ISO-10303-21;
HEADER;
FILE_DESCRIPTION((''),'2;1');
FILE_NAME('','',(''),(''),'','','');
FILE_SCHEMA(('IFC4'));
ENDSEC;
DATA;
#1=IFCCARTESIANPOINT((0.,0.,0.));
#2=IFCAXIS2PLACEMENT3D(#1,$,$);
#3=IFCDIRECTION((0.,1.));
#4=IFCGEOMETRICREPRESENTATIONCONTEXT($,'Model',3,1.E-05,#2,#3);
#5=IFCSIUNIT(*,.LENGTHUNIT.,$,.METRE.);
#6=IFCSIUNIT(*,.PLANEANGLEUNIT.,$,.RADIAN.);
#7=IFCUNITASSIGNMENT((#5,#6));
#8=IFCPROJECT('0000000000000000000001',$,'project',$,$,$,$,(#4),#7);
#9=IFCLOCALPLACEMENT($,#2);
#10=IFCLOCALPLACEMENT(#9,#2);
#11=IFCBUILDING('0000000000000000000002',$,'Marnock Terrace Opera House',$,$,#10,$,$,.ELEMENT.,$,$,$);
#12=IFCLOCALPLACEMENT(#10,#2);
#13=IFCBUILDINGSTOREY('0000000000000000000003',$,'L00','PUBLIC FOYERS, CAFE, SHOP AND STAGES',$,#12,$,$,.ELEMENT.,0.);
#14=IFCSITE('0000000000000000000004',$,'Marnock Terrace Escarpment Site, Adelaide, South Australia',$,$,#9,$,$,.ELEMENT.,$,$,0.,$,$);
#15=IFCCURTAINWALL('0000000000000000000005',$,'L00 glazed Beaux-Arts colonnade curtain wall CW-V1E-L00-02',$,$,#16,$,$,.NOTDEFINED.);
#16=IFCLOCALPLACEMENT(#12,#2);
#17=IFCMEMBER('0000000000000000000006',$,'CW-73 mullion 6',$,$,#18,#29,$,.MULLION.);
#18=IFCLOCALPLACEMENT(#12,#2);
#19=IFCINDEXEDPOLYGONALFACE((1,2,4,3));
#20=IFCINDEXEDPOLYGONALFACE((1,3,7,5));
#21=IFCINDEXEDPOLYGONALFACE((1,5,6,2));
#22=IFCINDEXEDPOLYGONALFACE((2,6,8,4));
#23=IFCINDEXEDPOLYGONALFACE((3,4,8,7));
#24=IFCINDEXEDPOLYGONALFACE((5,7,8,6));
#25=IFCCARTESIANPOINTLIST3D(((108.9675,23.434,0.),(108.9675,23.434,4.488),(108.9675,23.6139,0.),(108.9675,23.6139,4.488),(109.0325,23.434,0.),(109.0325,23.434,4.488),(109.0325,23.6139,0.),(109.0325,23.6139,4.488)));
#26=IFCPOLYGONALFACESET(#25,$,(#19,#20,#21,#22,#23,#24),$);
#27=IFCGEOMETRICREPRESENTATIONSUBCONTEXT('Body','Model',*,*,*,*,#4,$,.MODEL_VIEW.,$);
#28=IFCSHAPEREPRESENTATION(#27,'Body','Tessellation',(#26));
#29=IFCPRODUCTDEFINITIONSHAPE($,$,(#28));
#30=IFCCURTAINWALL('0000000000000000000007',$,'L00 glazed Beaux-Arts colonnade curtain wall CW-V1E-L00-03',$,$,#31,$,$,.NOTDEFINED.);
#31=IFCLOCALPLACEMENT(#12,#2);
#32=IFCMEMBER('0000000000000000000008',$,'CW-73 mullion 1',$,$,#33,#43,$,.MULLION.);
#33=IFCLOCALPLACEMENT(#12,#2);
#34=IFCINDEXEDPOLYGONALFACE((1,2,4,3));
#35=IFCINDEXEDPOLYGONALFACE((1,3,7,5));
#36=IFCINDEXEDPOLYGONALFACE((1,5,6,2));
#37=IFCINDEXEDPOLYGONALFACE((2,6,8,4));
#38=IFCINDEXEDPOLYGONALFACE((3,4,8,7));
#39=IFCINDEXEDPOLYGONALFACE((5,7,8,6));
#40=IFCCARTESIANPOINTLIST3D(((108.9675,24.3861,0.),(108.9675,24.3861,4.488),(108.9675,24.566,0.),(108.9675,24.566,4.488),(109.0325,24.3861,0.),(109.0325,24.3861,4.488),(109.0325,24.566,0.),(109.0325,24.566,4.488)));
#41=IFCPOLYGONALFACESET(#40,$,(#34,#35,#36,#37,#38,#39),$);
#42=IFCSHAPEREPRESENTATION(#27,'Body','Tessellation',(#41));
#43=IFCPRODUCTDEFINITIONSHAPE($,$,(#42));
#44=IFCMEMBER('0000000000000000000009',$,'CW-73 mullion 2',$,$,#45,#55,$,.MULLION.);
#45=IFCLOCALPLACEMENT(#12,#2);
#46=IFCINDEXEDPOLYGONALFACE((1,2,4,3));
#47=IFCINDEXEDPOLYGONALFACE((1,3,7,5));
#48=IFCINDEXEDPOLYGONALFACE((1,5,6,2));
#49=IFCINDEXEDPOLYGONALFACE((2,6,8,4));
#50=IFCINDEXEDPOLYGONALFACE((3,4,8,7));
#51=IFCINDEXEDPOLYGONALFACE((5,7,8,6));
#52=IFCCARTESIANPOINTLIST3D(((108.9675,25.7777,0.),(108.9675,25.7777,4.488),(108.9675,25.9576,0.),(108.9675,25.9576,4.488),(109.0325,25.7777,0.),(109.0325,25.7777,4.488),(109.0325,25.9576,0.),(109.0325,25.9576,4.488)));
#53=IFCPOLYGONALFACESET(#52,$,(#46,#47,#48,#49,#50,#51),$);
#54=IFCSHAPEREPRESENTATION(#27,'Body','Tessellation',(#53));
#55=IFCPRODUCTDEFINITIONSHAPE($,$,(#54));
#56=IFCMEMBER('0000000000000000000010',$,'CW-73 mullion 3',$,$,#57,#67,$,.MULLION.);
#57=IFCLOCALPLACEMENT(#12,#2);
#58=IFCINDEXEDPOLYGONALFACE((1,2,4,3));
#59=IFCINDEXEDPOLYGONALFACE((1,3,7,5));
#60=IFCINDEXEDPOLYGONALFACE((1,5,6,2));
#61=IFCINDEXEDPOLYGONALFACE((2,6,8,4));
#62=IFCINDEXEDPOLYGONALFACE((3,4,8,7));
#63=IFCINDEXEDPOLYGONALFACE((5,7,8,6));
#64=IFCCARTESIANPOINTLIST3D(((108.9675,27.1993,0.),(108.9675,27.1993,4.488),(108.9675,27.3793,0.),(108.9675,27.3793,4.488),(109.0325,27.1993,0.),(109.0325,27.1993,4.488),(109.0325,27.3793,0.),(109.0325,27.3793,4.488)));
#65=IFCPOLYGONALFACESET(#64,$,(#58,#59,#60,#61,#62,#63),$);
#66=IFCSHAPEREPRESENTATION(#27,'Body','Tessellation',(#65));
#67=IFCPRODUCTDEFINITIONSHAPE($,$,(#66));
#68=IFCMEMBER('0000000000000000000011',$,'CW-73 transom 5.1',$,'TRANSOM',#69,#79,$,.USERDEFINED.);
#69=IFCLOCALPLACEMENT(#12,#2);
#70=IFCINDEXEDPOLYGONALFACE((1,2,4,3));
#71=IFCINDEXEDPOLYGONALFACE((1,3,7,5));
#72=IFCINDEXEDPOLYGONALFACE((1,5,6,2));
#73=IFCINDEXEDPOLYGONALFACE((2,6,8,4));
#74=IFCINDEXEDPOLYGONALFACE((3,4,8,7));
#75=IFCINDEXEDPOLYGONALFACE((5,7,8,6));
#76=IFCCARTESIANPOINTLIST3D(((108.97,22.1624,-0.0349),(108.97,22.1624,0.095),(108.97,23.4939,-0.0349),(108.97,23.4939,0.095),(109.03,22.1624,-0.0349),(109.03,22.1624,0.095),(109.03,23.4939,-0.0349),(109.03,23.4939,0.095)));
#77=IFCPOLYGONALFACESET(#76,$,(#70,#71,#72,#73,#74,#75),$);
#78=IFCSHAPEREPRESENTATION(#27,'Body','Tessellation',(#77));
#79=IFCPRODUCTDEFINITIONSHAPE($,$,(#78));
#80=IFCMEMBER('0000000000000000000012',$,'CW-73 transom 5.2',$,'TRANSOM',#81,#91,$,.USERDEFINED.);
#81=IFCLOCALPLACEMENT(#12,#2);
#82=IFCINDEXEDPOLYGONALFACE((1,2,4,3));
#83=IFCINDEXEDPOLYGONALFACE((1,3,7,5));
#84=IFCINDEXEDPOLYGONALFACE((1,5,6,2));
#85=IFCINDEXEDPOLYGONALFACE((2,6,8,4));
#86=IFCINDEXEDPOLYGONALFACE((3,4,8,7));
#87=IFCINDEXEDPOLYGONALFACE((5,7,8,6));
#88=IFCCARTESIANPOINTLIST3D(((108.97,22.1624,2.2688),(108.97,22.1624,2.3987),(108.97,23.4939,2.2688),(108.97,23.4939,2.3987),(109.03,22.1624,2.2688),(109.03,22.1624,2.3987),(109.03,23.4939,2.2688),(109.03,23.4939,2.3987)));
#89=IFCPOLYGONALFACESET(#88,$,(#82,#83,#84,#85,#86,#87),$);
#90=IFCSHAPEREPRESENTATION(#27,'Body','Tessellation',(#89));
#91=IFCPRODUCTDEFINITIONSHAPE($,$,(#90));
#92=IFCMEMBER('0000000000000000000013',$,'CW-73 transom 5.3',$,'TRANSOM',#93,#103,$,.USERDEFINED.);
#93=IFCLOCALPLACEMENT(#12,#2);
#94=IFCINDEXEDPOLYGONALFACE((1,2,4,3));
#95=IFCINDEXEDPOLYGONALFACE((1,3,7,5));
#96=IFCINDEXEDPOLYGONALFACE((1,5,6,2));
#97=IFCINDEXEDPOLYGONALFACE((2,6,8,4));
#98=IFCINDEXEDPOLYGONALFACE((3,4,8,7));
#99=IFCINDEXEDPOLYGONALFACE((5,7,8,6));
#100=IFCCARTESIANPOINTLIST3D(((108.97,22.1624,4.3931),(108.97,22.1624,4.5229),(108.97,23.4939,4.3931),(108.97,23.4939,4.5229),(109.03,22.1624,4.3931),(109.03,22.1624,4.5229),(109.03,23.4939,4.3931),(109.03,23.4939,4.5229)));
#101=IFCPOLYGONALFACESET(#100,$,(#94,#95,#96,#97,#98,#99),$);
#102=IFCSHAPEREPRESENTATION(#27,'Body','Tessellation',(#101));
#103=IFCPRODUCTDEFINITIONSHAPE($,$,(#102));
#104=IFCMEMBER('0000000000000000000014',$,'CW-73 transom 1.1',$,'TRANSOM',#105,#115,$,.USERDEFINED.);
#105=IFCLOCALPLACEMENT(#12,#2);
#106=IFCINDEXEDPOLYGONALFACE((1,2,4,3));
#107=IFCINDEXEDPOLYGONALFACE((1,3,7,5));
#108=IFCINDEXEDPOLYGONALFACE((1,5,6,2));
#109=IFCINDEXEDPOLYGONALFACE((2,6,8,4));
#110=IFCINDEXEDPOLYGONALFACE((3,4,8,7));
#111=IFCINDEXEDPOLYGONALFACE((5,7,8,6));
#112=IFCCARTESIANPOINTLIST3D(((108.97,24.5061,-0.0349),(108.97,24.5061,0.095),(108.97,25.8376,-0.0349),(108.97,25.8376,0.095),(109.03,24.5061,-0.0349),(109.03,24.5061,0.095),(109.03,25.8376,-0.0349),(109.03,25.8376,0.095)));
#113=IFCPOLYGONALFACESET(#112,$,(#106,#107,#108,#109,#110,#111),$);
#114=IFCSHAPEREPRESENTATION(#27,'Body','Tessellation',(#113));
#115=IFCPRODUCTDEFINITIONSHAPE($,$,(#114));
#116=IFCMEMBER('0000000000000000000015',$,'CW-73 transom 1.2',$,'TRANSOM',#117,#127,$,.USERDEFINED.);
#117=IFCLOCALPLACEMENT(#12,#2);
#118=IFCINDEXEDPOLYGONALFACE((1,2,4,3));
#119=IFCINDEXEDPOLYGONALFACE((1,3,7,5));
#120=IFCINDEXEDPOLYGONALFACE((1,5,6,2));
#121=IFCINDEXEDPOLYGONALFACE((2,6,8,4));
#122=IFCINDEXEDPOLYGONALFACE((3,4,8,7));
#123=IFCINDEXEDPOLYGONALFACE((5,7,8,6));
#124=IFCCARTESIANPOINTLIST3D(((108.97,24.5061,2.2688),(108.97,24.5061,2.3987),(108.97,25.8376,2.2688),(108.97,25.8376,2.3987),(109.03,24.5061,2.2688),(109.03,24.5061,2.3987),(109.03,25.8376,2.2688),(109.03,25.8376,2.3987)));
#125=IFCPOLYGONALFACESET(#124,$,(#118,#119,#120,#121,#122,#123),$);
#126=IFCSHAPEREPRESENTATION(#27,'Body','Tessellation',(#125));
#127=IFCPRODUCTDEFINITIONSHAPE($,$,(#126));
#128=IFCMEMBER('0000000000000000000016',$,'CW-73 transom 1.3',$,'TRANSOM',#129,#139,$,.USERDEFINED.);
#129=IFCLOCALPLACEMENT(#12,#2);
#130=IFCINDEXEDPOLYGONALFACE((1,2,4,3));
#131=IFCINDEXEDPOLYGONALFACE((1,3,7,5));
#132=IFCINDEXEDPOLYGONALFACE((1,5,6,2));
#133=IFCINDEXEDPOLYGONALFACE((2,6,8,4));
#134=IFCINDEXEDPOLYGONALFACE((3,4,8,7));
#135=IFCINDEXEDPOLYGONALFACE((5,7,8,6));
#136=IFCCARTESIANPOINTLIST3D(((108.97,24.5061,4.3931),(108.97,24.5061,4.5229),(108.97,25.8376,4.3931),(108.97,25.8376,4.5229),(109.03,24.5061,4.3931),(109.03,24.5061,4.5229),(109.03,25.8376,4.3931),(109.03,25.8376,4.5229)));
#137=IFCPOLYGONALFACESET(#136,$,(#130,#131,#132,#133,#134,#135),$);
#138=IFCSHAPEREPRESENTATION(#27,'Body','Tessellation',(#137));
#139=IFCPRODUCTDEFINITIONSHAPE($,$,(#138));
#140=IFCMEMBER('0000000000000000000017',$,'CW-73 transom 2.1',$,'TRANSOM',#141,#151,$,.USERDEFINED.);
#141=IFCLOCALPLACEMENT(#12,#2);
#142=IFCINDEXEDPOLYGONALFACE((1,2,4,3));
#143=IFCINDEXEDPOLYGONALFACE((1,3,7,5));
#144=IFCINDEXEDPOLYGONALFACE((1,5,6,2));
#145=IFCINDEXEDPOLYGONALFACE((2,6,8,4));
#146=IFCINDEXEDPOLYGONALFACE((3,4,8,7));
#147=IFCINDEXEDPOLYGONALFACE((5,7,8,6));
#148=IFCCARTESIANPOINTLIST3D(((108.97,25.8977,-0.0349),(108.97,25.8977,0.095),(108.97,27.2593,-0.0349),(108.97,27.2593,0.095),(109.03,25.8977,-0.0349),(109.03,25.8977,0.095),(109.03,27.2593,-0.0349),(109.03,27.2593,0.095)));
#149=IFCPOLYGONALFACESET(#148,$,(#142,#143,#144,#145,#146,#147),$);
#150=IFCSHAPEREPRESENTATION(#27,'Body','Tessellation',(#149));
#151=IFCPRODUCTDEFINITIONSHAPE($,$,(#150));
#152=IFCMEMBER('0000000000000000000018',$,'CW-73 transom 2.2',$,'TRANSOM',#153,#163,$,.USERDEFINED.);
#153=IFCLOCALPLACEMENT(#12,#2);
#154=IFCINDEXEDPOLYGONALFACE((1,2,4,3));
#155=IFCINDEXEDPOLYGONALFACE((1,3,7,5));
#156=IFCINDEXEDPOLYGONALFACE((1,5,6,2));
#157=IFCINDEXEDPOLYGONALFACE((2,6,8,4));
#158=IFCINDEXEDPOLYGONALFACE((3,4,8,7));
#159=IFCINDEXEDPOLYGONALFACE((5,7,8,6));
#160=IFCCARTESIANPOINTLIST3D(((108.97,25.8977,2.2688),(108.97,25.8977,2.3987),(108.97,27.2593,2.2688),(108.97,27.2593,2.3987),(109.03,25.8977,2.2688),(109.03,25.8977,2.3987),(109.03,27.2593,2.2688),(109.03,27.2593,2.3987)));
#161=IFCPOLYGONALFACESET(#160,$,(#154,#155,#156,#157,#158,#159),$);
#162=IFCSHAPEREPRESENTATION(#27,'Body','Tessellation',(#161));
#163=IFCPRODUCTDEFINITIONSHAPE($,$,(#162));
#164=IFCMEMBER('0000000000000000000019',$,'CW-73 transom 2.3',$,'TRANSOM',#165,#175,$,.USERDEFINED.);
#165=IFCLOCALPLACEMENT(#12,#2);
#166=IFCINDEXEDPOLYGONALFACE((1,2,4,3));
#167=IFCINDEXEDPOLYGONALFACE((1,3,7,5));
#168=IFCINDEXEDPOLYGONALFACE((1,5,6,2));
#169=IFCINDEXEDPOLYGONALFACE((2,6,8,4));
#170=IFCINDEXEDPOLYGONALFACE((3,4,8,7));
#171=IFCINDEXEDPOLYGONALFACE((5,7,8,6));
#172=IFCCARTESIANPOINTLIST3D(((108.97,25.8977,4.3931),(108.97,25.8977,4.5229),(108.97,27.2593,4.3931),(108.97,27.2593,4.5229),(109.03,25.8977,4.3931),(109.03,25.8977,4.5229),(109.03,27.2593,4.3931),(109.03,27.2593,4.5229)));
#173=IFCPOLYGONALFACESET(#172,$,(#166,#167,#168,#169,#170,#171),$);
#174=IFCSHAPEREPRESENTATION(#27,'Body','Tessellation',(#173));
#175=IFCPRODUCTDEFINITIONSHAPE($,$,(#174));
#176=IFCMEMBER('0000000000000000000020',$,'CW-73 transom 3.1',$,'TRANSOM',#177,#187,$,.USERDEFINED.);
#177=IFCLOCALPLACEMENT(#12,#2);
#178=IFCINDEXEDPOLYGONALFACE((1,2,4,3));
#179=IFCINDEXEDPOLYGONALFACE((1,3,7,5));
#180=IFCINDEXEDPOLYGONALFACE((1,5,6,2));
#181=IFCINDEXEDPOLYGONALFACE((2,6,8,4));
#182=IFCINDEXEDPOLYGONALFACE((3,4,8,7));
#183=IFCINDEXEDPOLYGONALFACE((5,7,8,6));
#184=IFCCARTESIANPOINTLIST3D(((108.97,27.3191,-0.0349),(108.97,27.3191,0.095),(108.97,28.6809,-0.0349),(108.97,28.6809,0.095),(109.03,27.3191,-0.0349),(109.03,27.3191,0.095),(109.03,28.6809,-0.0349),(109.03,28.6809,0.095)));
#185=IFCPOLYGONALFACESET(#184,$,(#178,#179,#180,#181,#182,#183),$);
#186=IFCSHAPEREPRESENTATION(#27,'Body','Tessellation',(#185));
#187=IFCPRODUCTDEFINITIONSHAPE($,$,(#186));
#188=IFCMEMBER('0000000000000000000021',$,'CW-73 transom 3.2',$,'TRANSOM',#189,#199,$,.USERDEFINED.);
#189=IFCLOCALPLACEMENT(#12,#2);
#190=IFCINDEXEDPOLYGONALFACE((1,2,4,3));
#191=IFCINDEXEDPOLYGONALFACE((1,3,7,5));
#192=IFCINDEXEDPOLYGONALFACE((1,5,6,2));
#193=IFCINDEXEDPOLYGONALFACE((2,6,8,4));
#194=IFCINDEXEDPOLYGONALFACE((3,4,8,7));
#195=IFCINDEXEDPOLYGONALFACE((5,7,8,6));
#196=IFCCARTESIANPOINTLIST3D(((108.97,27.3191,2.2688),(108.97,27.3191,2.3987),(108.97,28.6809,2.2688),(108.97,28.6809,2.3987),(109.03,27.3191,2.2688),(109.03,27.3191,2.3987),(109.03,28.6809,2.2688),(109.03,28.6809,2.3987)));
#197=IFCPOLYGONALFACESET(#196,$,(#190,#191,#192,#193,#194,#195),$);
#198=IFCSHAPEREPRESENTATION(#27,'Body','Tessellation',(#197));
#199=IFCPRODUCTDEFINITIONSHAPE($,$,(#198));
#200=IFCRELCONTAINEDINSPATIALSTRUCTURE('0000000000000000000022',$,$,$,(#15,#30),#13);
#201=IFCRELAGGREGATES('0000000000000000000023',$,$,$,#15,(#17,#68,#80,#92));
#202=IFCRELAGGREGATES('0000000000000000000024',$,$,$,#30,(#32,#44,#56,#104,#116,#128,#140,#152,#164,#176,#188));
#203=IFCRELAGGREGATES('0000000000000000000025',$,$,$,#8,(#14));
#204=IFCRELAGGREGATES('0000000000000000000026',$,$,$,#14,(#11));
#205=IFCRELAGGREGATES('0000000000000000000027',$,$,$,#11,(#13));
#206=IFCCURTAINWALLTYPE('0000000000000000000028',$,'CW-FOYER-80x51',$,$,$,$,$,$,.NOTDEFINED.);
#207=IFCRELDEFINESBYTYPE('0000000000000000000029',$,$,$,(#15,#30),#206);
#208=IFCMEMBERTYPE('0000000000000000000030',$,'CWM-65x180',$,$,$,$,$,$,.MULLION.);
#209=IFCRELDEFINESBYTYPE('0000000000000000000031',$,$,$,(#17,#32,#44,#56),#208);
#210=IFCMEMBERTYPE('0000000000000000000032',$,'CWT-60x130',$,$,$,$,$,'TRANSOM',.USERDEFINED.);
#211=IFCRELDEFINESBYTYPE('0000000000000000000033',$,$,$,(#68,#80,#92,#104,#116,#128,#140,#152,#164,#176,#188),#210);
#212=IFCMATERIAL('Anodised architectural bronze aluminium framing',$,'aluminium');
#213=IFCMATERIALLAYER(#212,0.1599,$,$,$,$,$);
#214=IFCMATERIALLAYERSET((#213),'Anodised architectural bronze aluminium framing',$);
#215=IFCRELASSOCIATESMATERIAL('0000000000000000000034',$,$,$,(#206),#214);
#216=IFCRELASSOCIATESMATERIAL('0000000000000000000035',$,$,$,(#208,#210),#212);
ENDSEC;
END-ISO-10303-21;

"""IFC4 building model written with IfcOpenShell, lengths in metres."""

from ifc_helpers import new_model, si_unit, direction, frame, origin, origin_2d, place, context, subcontext, project, spatial, rectangle, extrude, material, layer, layer_set, material_profile, profile_set, type_object, element, aggregate, save


model = new_model("IFC4")

# Units and contexts
model_context = context("Model", 3, precision=1e-05, world=origin(), true_north=direction((0.0, 1.0)))
body_context = subcontext(model_context, "Body", "Model", "MODEL_VIEW")
ifc_project = project(units=[si_unit("LENGTHUNIT", "METRE"), si_unit("PLANEANGLEUNIT", "RADIAN")], contexts=[model_context])

# Site, building, storey
site_placement = place(None, origin())
site = spatial("IfcSite", under=ifc_project, at=site_placement, Name="Marnock Terrace Escarpment Site, Adelaide, South Australia", CompositionType="ELEMENT", RefElevation=0.0)
building_placement = place(site_placement, origin())
building = spatial("IfcBuilding", under=site, at=building_placement, Name="Marnock Terrace Opera House", CompositionType="ELEMENT")
storey_placement = place(building_placement, origin())
storey = spatial("IfcBuildingStorey", under=building, at=storey_placement, Name="L00", Description="PUBLIC FOYERS, CAFE, SHOP AND STAGES", CompositionType="ELEMENT", Elevation=0.0)

# Curtain wall, member
ifc_material_1 = material(Name="Anodised architectural bronze aluminium framing", Category="aluminium")
ifc_layer_1 = layer(ifc_material_1, 0.1599)
ifc_layer_set_1 = layer_set([ifc_layer_1], Name="Anodised architectural bronze aluminium framing")
curtain_wall_type = type_object("IfcCurtainWallType", Name="CW-FOYER-80x51", PredefinedType="NOTDEFINED", material=ifc_layer_set_1)
curtain_wall_1_placement = place(storey_placement, origin())
curtain_wall_1 = element("IfcCurtainWall", 1, at=curtain_wall_1_placement, inside=storey, type_object=curtain_wall_type, Name="L00 glazed Beaux-Arts colonnade curtain wall CW-V1E-L00-02", PredefinedType="NOTDEFINED")
ifc_material_profile_1 = material_profile(ifc_material_1, rectangle(XDim=0.0649, YDim=0.1799, at=origin_2d()))
ifc_profile_set_1 = profile_set([ifc_material_profile_1], Name="Anodised architectural bronze aluminium framing")
member_type_1 = type_object("IfcMemberType", Name="CWM-65x180", PredefinedType="MULLION", material=ifc_profile_set_1)
member_1_placement = place(storey_placement, frame((109.0, 23.5239, 0.0), z_axis=(0.0, 0.0, 1.0), x_axis=(-1.0, 0.0, 0.0)))
member_1 = element("IfcMember", 2, at=member_1_placement, type_object=member_type_1, Name="CW-73 mullion 6", PredefinedType="MULLION", context=body_context, shape_type="SweptSolid", body=[
    extrude(rectangle(XDim=0.0649, YDim=0.1799, at=origin_2d()), origin(), (0.0, 0.0, 1.0), 4.488),
])

# Curtain wall, members
curtain_wall_2_placement = place(storey_placement, origin())
curtain_wall_2 = element("IfcCurtainWall", 3, at=curtain_wall_2_placement, inside=storey, type_object=curtain_wall_type, Name="L00 glazed Beaux-Arts colonnade curtain wall CW-V1E-L00-03", PredefinedType="NOTDEFINED")
member_2_placement = place(storey_placement, frame((109.0, 24.4761, 0.0), z_axis=(0.0, 0.0, 1.0), x_axis=(-1.0, 0.0, 0.0)))
member_2 = element("IfcMember", 4, at=member_2_placement, type_object=member_type_1, Name="CW-73 mullion 1", PredefinedType="MULLION", context=body_context, shape_type="SweptSolid", body=[
    extrude(rectangle(XDim=0.0649, YDim=0.1799, at=origin_2d()), origin(), (0.0, 0.0, 1.0), 4.488),
])
member_3_placement = place(storey_placement, frame((109.0, 25.8677, 0.0), z_axis=(0.0, 0.0, 1.0), x_axis=(-1.0, 0.0, 0.0)))
member_3 = element("IfcMember", 5, at=member_3_placement, type_object=member_type_1, Name="CW-73 mullion 2", PredefinedType="MULLION", context=body_context, shape_type="SweptSolid", body=[
    extrude(rectangle(XDim=0.0649, YDim=0.1799, at=origin_2d()), origin(), (0.0, 0.0, 1.0), 4.488),
])
member_4_placement = place(storey_placement, frame((109.0, 27.2893, 0.0), z_axis=(0.0, 0.0, 1.0), x_axis=(-1.0, 0.0, 0.0)))
member_4 = element("IfcMember", 6, at=member_4_placement, type_object=member_type_1, Name="CW-73 mullion 3", PredefinedType="MULLION", context=body_context, shape_type="SweptSolid", body=[
    extrude(rectangle(XDim=0.0649, YDim=0.1799, at=origin_2d()), origin(), (0.0, 0.0, 1.0), 4.488),
])

# Members
ifc_material_profile_2 = material_profile(ifc_material_1, rectangle(XDim=0.0601, YDim=0.1299, at=origin_2d()))
ifc_profile_set_2 = profile_set([ifc_material_profile_2], Name="Anodised architectural bronze aluminium framing")
member_type_2 = type_object("IfcMemberType", Name="CWT-60x130", ElementType="TRANSOM", PredefinedType="USERDEFINED", material=ifc_profile_set_2)
member_5_placement = place(storey_placement, frame((109.0, 22.1624, 0.03), z_axis=(0.0, 1.0, 0.0), x_axis=(-1.0, 0.0, 0.0)))
member_5 = element("IfcMember", 7, at=member_5_placement, type_object=member_type_2, Name="CW-73 transom 5.1", ObjectType="TRANSOM", PredefinedType="USERDEFINED", context=body_context, shape_type="SweptSolid", body=[
    extrude(rectangle(XDim=0.0601, YDim=0.1299, at=origin_2d()), origin(), (0.0, 0.0, 1.0), 1.3315),
])
member_6_placement = place(storey_placement, frame((109.0, 22.1624, 2.3337), z_axis=(0.0, 1.0, 0.0), x_axis=(-1.0, 0.0, 0.0)))
member_6 = element("IfcMember", 8, at=member_6_placement, type_object=member_type_2, Name="CW-73 transom 5.2", ObjectType="TRANSOM", PredefinedType="USERDEFINED", context=body_context, shape_type="SweptSolid", body=[
    extrude(rectangle(XDim=0.0601, YDim=0.1299, at=origin_2d()), origin(), (0.0, 0.0, 1.0), 1.3315),
])
member_7_placement = place(storey_placement, frame((109.0, 22.1624, 4.458), z_axis=(0.0, 1.0, 0.0), x_axis=(-1.0, 0.0, 0.0)))
member_7 = element("IfcMember", 9, at=member_7_placement, type_object=member_type_2, Name="CW-73 transom 5.3", ObjectType="TRANSOM", PredefinedType="USERDEFINED", context=body_context, shape_type="SweptSolid", body=[
    extrude(rectangle(XDim=0.0601, YDim=0.1299, at=origin_2d()), origin(), (0.0, 0.0, 1.0), 1.3315),
])
member_8_placement = place(storey_placement, frame((109.0, 24.5061, 0.03), z_axis=(0.0, 1.0, 0.0), x_axis=(-1.0, 0.0, 0.0)))
member_8 = element("IfcMember", 10, at=member_8_placement, type_object=member_type_2, Name="CW-73 transom 1.1", ObjectType="TRANSOM", PredefinedType="USERDEFINED", context=body_context, shape_type="SweptSolid", body=[
    extrude(rectangle(XDim=0.0601, YDim=0.1299, at=origin_2d()), origin(), (0.0, 0.0, 1.0), 1.3315),
])
member_9_placement = place(storey_placement, frame((109.0, 24.5061, 2.3337), z_axis=(0.0, 1.0, 0.0), x_axis=(-1.0, 0.0, 0.0)))
member_9 = element("IfcMember", 11, at=member_9_placement, type_object=member_type_2, Name="CW-73 transom 1.2", ObjectType="TRANSOM", PredefinedType="USERDEFINED", context=body_context, shape_type="SweptSolid", body=[
    extrude(rectangle(XDim=0.0601, YDim=0.1299, at=origin_2d()), origin(), (0.0, 0.0, 1.0), 1.3315),
])
member_10_placement = place(storey_placement, frame((109.0, 24.5061, 4.458), z_axis=(0.0, 1.0, 0.0), x_axis=(-1.0, 0.0, 0.0)))
member_10 = element("IfcMember", 12, at=member_10_placement, type_object=member_type_2, Name="CW-73 transom 1.3", ObjectType="TRANSOM", PredefinedType="USERDEFINED", context=body_context, shape_type="SweptSolid", body=[
    extrude(rectangle(XDim=0.0601, YDim=0.1299, at=origin_2d()), origin(), (0.0, 0.0, 1.0), 1.3315),
])
member_11_placement = place(storey_placement, frame((109.0, 25.8977, 0.03), z_axis=(0.0, 1.0, 0.0), x_axis=(-1.0, 0.0, 0.0)))
member_11 = element("IfcMember", 13, at=member_11_placement, type_object=member_type_2, Name="CW-73 transom 2.1", ObjectType="TRANSOM", PredefinedType="USERDEFINED", context=body_context, shape_type="SweptSolid", body=[
    extrude(rectangle(XDim=0.0601, YDim=0.1299, at=origin_2d()), origin(), (0.0, 0.0, 1.0), 1.3616),
])
member_12_placement = place(storey_placement, frame((109.0, 25.8977, 2.3337), z_axis=(0.0, 1.0, 0.0), x_axis=(-1.0, 0.0, 0.0)))
member_12 = element("IfcMember", 14, at=member_12_placement, type_object=member_type_2, Name="CW-73 transom 2.2", ObjectType="TRANSOM", PredefinedType="USERDEFINED", context=body_context, shape_type="SweptSolid", body=[
    extrude(rectangle(XDim=0.0601, YDim=0.1299, at=origin_2d()), origin(), (0.0, 0.0, 1.0), 1.3616),
])
member_13_placement = place(storey_placement, frame((109.0, 25.8977, 4.458), z_axis=(0.0, 1.0, 0.0), x_axis=(-1.0, 0.0, 0.0)))
member_13 = element("IfcMember", 15, at=member_13_placement, type_object=member_type_2, Name="CW-73 transom 2.3", ObjectType="TRANSOM", PredefinedType="USERDEFINED", context=body_context, shape_type="SweptSolid", body=[
    extrude(rectangle(XDim=0.0601, YDim=0.1299, at=origin_2d()), origin(), (0.0, 0.0, 1.0), 1.3616),
])
member_14_placement = place(storey_placement, frame((109.0, 27.3191, 0.03), z_axis=(0.0, 1.0, 0.0), x_axis=(-1.0, 0.0, 0.0)))
member_14 = element("IfcMember", 16, at=member_14_placement, type_object=member_type_2, Name="CW-73 transom 3.1", ObjectType="TRANSOM", PredefinedType="USERDEFINED", context=body_context, shape_type="SweptSolid", body=[
    extrude(rectangle(XDim=0.0601, YDim=0.1299, at=origin_2d()), origin(), (0.0, 0.0, 1.0), 1.3618),
])
member_15_placement = place(storey_placement, frame((109.0, 27.3191, 2.3337), z_axis=(0.0, 1.0, 0.0), x_axis=(-1.0, 0.0, 0.0)))
member_15 = element("IfcMember", 17, at=member_15_placement, type_object=member_type_2, Name="CW-73 transom 3.2", ObjectType="TRANSOM", PredefinedType="USERDEFINED", context=body_context, shape_type="SweptSolid", body=[
    extrude(rectangle(XDim=0.0601, YDim=0.1299, at=origin_2d()), origin(), (0.0, 0.0, 1.0), 1.3618),
])

aggregate(curtain_wall_1, [member_1, member_5, member_6, member_7])
aggregate(curtain_wall_2, [member_2, member_3, member_4, member_8, member_9, member_10, member_11, member_12, member_13, member_14, member_15])

save(model, "model.ifc")
